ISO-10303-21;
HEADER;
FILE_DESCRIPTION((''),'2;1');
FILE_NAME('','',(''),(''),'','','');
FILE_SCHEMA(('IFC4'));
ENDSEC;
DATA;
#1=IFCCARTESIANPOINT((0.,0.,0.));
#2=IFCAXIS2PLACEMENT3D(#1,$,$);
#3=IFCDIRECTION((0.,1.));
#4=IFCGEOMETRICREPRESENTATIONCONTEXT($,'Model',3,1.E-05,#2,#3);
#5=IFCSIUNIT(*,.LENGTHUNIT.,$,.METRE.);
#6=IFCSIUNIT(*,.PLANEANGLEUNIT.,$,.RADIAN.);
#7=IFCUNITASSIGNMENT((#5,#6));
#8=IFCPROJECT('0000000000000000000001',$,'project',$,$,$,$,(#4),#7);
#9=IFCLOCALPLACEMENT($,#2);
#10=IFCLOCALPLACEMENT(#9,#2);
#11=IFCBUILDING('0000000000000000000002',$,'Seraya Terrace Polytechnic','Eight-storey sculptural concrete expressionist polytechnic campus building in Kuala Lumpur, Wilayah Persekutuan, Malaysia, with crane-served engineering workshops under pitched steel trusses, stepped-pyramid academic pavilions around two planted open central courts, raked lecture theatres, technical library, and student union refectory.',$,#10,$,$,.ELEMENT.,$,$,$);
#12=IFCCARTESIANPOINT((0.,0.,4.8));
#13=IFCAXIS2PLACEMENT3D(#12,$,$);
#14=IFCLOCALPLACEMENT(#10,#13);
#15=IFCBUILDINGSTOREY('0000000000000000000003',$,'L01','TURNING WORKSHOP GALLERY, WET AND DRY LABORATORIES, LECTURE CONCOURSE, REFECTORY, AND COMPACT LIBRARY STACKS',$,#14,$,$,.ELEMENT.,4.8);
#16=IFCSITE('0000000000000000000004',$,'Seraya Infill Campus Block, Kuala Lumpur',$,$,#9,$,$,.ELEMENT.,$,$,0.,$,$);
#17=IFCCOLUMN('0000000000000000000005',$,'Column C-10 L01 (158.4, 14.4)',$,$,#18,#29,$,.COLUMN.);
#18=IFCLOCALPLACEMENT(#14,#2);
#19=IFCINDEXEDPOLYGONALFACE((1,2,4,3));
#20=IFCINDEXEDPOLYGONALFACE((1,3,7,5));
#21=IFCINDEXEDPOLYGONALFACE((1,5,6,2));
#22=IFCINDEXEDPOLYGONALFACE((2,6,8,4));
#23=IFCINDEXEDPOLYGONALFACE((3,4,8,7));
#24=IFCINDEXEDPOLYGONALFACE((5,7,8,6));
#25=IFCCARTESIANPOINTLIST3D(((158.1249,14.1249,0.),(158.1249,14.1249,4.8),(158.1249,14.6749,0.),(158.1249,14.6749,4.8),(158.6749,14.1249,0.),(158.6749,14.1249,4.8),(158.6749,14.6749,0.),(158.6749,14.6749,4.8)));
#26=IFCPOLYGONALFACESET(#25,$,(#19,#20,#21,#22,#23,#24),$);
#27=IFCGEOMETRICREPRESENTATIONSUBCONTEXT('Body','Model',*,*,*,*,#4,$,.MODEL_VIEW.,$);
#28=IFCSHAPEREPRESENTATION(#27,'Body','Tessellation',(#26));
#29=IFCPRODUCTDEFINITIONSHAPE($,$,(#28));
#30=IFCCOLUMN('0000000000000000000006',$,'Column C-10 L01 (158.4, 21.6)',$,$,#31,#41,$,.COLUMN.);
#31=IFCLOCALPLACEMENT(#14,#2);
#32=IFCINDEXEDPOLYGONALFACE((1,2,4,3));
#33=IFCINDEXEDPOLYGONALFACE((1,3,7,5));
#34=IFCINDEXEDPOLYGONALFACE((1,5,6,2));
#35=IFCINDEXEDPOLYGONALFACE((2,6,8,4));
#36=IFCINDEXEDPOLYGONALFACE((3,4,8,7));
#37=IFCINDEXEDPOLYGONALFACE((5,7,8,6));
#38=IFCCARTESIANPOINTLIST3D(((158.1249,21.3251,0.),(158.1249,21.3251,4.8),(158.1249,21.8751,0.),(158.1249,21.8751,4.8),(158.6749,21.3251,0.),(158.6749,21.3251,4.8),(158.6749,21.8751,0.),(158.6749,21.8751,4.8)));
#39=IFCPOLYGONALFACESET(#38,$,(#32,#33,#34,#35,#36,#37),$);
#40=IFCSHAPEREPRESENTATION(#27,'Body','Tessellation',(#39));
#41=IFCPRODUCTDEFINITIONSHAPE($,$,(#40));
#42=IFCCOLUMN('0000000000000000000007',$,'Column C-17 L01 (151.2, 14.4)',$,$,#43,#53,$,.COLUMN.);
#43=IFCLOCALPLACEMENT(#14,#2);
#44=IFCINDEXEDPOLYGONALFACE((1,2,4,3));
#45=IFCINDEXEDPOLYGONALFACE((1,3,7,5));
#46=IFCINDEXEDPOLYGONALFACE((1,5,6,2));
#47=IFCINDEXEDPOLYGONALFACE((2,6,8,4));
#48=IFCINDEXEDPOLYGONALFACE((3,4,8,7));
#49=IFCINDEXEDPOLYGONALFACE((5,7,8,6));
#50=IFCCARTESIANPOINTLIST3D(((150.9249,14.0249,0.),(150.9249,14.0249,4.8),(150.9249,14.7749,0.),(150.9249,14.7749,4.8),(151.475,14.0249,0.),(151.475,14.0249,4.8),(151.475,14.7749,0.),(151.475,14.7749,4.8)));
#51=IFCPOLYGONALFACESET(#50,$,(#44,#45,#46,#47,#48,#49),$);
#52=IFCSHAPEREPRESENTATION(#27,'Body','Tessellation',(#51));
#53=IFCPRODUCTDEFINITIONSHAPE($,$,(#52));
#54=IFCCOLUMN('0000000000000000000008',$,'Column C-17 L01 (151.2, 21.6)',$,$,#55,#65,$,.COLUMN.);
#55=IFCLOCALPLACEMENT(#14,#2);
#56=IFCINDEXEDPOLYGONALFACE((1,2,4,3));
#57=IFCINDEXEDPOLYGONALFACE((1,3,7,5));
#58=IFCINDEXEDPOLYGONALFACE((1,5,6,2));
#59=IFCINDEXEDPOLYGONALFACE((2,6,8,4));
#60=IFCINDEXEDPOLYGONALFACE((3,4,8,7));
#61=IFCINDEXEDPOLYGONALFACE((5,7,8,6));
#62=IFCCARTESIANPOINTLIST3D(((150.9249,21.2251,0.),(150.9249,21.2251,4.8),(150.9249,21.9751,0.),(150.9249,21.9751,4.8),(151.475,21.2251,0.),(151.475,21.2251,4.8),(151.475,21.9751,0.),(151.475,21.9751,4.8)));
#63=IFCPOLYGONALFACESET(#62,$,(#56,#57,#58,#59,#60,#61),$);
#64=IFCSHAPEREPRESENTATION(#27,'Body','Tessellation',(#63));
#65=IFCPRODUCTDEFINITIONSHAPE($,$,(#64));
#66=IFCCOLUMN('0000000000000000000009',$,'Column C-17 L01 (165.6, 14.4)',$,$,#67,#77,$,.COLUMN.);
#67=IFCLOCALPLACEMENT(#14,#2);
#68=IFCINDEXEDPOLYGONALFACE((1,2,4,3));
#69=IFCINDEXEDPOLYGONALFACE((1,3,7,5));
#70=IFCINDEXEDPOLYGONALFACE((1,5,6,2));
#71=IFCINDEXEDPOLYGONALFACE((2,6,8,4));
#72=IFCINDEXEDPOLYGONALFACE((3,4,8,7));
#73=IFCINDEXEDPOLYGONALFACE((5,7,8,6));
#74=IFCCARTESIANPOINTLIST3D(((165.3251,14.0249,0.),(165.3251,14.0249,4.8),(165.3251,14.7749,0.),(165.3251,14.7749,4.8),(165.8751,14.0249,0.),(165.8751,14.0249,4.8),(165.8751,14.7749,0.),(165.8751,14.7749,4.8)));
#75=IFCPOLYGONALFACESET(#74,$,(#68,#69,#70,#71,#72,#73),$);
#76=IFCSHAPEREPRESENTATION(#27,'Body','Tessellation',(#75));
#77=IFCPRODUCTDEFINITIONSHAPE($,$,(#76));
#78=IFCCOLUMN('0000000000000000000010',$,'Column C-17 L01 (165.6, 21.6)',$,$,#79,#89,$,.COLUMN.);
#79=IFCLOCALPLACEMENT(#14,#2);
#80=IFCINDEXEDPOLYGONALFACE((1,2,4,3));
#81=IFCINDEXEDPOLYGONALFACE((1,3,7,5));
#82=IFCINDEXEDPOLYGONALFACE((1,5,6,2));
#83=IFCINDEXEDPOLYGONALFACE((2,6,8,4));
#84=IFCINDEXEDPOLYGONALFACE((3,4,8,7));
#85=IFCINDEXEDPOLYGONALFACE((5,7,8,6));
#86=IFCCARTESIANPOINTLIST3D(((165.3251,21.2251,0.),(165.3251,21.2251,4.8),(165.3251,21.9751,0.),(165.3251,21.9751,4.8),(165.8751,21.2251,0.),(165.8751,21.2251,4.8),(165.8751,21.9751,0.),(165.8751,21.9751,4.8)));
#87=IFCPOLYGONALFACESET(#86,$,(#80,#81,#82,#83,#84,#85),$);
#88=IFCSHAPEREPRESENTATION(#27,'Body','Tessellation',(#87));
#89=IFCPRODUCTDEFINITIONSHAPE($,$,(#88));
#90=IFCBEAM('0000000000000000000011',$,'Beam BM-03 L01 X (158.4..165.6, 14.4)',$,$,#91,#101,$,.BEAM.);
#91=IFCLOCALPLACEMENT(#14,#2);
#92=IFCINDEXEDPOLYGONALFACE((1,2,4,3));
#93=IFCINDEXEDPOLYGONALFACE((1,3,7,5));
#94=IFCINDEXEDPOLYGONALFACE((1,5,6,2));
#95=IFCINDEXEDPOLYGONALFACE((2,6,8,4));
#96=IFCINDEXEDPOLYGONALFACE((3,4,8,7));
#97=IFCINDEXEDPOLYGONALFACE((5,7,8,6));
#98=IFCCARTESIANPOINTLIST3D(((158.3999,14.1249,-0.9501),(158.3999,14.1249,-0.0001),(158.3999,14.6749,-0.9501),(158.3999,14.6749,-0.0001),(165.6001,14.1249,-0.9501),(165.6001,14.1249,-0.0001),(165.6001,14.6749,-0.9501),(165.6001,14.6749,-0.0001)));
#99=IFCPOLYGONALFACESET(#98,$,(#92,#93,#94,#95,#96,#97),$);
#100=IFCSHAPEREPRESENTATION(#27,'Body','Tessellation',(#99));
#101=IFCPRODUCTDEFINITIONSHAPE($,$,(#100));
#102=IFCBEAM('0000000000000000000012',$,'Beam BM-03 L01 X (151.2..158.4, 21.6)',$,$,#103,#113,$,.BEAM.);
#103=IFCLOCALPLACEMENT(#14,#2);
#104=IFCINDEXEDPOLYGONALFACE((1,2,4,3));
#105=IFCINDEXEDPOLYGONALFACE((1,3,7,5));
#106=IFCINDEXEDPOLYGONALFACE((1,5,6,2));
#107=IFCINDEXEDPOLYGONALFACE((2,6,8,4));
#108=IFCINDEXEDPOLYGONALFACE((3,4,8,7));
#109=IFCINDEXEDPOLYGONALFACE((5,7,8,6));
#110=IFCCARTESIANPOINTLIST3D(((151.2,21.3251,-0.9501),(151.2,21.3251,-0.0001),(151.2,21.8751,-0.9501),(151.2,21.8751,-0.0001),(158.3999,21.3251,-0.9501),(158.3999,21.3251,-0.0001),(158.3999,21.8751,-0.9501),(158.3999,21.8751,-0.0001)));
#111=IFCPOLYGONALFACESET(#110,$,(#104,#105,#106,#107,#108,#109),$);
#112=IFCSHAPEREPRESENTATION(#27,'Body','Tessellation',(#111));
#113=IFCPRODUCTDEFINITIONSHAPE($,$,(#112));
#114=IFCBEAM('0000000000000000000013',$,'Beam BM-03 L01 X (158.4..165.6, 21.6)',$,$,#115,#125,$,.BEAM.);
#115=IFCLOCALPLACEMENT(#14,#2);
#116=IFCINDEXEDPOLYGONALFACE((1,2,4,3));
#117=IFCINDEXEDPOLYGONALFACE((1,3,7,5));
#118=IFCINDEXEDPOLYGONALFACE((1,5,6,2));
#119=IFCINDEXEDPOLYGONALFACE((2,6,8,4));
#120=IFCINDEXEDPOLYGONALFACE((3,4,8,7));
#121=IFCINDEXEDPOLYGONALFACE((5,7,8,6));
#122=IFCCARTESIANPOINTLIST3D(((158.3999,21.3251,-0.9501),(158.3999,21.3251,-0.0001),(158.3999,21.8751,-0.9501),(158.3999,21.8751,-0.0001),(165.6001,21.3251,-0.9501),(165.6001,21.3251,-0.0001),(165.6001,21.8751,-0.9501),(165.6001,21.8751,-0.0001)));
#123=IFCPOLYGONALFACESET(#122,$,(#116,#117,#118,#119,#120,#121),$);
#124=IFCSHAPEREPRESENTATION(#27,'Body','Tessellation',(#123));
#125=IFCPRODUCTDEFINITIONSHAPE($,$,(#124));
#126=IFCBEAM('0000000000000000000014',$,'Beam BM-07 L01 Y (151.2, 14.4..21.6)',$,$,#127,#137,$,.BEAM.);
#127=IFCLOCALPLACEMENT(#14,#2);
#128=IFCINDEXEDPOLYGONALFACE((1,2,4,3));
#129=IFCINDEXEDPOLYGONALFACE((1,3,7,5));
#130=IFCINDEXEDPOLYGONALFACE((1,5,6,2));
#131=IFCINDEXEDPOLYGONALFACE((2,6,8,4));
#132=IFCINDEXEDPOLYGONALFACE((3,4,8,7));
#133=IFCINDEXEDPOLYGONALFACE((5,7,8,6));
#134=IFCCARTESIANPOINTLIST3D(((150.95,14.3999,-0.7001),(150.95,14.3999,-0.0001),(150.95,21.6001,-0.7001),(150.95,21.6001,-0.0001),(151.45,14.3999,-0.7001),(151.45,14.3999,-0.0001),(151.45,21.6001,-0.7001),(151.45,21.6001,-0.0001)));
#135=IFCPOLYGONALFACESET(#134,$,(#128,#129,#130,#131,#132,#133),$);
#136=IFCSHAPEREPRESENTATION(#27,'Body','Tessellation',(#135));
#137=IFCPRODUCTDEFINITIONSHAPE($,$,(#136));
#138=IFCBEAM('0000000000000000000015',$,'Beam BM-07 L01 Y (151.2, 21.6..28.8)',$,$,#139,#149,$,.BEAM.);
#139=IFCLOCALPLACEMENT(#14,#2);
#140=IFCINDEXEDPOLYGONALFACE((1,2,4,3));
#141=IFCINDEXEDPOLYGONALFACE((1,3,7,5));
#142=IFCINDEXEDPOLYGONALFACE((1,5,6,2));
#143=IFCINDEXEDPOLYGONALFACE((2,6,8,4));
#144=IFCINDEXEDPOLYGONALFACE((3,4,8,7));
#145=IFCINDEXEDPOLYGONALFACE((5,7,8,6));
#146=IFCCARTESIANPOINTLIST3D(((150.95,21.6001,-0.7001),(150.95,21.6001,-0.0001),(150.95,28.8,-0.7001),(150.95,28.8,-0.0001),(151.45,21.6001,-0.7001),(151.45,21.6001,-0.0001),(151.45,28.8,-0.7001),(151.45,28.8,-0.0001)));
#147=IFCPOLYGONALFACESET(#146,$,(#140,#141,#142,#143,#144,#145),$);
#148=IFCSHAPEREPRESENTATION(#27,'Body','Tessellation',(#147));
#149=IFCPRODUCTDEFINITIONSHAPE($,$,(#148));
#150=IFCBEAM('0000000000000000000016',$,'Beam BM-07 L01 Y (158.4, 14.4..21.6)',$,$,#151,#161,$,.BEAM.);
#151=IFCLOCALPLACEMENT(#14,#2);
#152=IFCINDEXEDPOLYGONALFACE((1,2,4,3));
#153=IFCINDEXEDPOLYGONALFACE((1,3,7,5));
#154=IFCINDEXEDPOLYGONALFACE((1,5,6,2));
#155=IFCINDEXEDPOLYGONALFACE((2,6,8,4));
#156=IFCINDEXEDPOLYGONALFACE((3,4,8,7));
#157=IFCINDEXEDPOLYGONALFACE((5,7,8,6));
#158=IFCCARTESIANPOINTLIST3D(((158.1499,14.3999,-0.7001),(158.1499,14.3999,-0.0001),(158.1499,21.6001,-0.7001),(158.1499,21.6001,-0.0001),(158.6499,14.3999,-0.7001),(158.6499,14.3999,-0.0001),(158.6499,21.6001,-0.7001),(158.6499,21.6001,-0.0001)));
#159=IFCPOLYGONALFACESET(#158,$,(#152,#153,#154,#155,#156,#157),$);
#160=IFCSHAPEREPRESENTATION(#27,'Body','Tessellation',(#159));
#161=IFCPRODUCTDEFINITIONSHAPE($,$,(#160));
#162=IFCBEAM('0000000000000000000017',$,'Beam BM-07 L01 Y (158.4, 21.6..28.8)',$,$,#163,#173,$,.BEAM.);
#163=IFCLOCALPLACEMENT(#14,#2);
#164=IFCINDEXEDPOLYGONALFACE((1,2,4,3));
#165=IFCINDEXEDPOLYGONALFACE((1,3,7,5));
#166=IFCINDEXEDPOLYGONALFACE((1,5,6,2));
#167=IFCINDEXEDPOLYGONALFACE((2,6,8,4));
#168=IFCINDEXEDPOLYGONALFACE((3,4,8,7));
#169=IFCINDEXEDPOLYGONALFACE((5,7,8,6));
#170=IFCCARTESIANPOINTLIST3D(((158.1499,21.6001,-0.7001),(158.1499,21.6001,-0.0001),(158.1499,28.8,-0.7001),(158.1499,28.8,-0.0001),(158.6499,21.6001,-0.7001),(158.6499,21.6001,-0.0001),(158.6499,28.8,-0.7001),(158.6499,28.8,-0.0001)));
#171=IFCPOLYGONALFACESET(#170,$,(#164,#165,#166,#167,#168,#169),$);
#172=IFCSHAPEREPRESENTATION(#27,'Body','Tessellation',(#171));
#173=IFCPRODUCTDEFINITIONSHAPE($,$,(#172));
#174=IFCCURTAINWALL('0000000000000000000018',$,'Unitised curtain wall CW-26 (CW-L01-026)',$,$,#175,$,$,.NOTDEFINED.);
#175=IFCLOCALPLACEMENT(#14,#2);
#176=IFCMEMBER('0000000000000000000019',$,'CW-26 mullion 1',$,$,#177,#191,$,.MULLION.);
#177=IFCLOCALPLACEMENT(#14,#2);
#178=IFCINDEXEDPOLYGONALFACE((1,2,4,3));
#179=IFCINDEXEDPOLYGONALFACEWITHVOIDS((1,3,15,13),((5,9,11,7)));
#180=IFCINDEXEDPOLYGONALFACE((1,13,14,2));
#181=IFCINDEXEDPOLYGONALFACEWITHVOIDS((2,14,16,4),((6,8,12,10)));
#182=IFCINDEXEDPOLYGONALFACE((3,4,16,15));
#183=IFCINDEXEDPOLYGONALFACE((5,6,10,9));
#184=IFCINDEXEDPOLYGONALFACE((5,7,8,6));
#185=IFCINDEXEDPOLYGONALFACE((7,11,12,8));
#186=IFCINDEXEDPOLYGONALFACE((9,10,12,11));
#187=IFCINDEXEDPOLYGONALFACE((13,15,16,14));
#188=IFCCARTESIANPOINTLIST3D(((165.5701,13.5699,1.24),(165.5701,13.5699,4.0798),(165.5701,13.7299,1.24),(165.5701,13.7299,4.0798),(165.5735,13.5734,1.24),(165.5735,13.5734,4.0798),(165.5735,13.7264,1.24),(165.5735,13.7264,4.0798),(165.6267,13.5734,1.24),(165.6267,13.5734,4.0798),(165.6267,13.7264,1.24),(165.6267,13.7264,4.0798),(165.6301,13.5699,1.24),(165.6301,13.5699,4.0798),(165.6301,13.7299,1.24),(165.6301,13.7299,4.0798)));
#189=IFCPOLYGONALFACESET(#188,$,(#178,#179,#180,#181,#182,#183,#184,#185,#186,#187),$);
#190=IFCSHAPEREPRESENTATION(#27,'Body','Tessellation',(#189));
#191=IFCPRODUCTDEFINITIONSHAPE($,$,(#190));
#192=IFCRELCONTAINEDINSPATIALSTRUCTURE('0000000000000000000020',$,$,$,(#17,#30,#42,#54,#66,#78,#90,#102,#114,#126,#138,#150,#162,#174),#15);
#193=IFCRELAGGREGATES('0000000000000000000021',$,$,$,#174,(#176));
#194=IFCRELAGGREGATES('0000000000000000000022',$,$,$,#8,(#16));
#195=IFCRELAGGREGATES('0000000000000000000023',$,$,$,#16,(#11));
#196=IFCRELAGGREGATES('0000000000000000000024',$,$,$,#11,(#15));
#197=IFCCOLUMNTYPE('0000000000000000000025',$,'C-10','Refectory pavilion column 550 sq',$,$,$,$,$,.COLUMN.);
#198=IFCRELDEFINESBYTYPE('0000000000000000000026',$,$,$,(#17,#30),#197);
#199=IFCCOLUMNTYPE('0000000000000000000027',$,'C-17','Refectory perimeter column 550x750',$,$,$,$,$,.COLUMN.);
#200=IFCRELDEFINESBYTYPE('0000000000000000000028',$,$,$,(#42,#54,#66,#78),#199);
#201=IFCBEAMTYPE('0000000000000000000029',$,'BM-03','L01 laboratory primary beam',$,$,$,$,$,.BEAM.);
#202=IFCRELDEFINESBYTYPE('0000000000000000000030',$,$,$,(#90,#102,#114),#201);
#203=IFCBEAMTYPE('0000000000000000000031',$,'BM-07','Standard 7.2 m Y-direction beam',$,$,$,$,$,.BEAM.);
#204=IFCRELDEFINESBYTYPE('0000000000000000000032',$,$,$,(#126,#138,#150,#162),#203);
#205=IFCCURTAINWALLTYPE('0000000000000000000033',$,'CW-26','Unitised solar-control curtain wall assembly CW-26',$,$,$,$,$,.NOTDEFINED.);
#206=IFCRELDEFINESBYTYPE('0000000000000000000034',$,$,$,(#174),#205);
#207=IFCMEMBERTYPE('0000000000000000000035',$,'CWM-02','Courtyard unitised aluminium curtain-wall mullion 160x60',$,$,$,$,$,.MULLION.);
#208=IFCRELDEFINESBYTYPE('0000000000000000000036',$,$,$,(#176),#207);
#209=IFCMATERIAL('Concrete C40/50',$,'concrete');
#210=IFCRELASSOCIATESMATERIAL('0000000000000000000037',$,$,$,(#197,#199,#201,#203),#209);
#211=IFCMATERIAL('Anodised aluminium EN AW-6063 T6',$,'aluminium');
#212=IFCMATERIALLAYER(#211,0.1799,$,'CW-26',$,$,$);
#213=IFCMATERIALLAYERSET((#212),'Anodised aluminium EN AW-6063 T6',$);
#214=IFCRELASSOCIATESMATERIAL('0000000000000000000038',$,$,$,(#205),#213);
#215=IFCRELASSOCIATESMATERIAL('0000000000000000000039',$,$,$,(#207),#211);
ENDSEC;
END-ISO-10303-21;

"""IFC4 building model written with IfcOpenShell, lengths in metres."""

from ifc_helpers import new_model, si_unit, direction, frame, origin, origin_2d, place, context, subcontext, project, spatial, rectangle, hollow_rectangle, extrude, material, layer, layer_set, material_profile, profile_set, type_object, element, aggregate, save


model = new_model("IFC4")

# Units and contexts
model_context = context("Model", 3, precision=1e-05, world=origin(), true_north=direction((0.0, 1.0)))
body_context = subcontext(model_context, "Body", "Model", "MODEL_VIEW")
ifc_project = project(units=[si_unit("LENGTHUNIT", "METRE"), si_unit("PLANEANGLEUNIT", "RADIAN")], contexts=[model_context])

# Site, building, storey
site_placement = place(None, origin())
site = spatial("IfcSite", under=ifc_project, at=site_placement, Name="Seraya Infill Campus Block, Kuala Lumpur", CompositionType="ELEMENT", RefElevation=0.0)
building_placement = place(site_placement, origin())
building = spatial("IfcBuilding", under=site, at=building_placement, Name="Seraya Terrace Polytechnic", Description="Eight-storey sculptural concrete expressionist polytechnic campus building in Kuala Lumpur, Wilayah Persekutuan, Malaysia, with crane-served engineering workshops under pitched steel trusses, stepped-pyramid academic pavilions around two planted open central courts, raked lecture theatres, technical library, and student union refectory.", CompositionType="ELEMENT")
storey_placement = place(building_placement, frame((0.0, 0.0, 4.8)))
storey = spatial("IfcBuildingStorey", under=building, at=storey_placement, Name="L01", Description="TURNING WORKSHOP GALLERY, WET AND DRY LABORATORIES, LECTURE CONCOURSE, REFECTORY, AND COMPACT LIBRARY STACKS", CompositionType="ELEMENT", Elevation=4.8)

# Columns
ifc_material_1 = material(Name="Concrete C40/50", Category="concrete")
ifc_material_profile_1 = material_profile(ifc_material_1, rectangle(XDim=0.55, YDim=0.55, at=origin_2d()), Name="RC 550x550")
ifc_profile_set_1 = profile_set([ifc_material_profile_1], Name="Concrete C40/50")
column_type_1 = type_object("IfcColumnType", Name="C-10", Description="Refectory pavilion column 550 sq", PredefinedType="COLUMN", material=ifc_profile_set_1)
for number, where, z_axis, x_axis, name in (
    (1, (158.3999, 14.3999, 0.0), (0.0, 0.0, 1.0), (1.0, 0.0, 0.0), "Column C-10 L01 (158.4, 14.4)"),
    (2, (158.3999, 21.6001, 0.0), (0.0, 0.0, 1.0), (1.0, 0.0, 0.0), "Column C-10 L01 (158.4, 21.6)"),
):
    element("IfcColumn", number, at=place(storey_placement, frame(where, z_axis=z_axis, x_axis=x_axis)), inside=storey, type_object=column_type_1, Name=name, PredefinedType="COLUMN", context=body_context, shape_type="SweptSolid", body=[
        extrude(rectangle(XDim=0.55, YDim=0.55, at=origin_2d()), origin(), (0.0, 0.0, 1.0), 4.8),
    ])
ifc_material_profile_2 = material_profile(ifc_material_1, rectangle(XDim=0.55, YDim=0.75, at=origin_2d()), Name="RC 550x750")
ifc_profile_set_2 = profile_set([ifc_material_profile_2], Name="Concrete C40/50")
column_type_2 = type_object("IfcColumnType", Name="C-17", Description="Refectory perimeter column 550x750", PredefinedType="COLUMN", material=ifc_profile_set_2)
for number, where, z_axis, x_axis, name in (
    (3, (151.2, 14.3999, 0.0), (0.0, 0.0, 1.0), (1.0, 0.0, 0.0), "Column C-17 L01 (151.2, 14.4)"),
    (4, (151.2, 21.6001, 0.0), (0.0, 0.0, 1.0), (1.0, 0.0, 0.0), "Column C-17 L01 (151.2, 21.6)"),
    (5, (165.6001, 14.3999, 0.0), (0.0, 0.0, 1.0), (1.0, 0.0, 0.0), "Column C-17 L01 (165.6, 14.4)"),
    (6, (165.6001, 21.6001, 0.0), (0.0, 0.0, 1.0), (1.0, 0.0, 0.0), "Column C-17 L01 (165.6, 21.6)"),
):
    element("IfcColumn", number, at=place(storey_placement, frame(where, z_axis=z_axis, x_axis=x_axis)), inside=storey, type_object=column_type_2, Name=name, PredefinedType="COLUMN", context=body_context, shape_type="SweptSolid", body=[
        extrude(rectangle(XDim=0.55, YDim=0.75, at=origin_2d()), origin(), (0.0, 0.0, 1.0), 4.8),
    ])

# Beams
ifc_material_profile_3 = material_profile(ifc_material_1, rectangle(XDim=0.55, YDim=0.95, at=origin_2d()), Name="RC 550x950")
ifc_profile_set_3 = profile_set([ifc_material_profile_3], Name="Concrete C40/50")
beam_type_1 = type_object("IfcBeamType", Name="BM-03", Description="L01 laboratory primary beam", PredefinedType="BEAM", material=ifc_profile_set_3)
beam_1_placement = place(storey_placement, frame((158.3999, 14.3999, -0.4751), z_axis=(1.0, 0.0, 0.0), x_axis=(0.0, 1.0, 0.0)))
element("IfcBeam", 7, at=beam_1_placement, inside=storey, type_object=beam_type_1, Name="Beam BM-03 L01 X (158.4..165.6, 14.4)", PredefinedType="BEAM", context=body_context, shape_type="SweptSolid", body=[
    extrude(rectangle(XDim=0.55, YDim=0.95, at=origin_2d()), origin(), (0.0, 0.0, 1.0), 7.2002),
])
beam_2_placement = place(storey_placement, frame((151.2, 21.6001, -0.4751), z_axis=(1.0, 0.0, 0.0), x_axis=(0.0, 1.0, 0.0)))
element("IfcBeam", 8, at=beam_2_placement, inside=storey, type_object=beam_type_1, Name="Beam BM-03 L01 X (151.2..158.4, 21.6)", PredefinedType="BEAM", context=body_context, shape_type="SweptSolid", body=[
    extrude(rectangle(XDim=0.55, YDim=0.95, at=origin_2d()), origin(), (0.0, 0.0, 1.0), 7.2),
])
beam_3_placement = place(storey_placement, frame((158.3999, 21.6001, -0.4751), z_axis=(1.0, 0.0, 0.0), x_axis=(0.0, 1.0, 0.0)))
element("IfcBeam", 9, at=beam_3_placement, inside=storey, type_object=beam_type_1, Name="Beam BM-03 L01 X (158.4..165.6, 21.6)", PredefinedType="BEAM", context=body_context, shape_type="SweptSolid", body=[
    extrude(rectangle(XDim=0.55, YDim=0.95, at=origin_2d()), origin(), (0.0, 0.0, 1.0), 7.2002),
])
ifc_material_profile_4 = material_profile(ifc_material_1, rectangle(XDim=0.5, YDim=0.7, at=origin_2d()), Name="RC 500x700")
ifc_profile_set_4 = profile_set([ifc_material_profile_4], Name="Concrete C40/50")
beam_type_2 = type_object("IfcBeamType", Name="BM-07", Description="Standard 7.2 m Y-direction beam", PredefinedType="BEAM", material=ifc_profile_set_4)
beam_4_placement = place(storey_placement, frame((151.2, 14.3999, -0.3501), z_axis=(0.0, 1.0, 0.0), x_axis=(-1.0, 0.0, 0.0)))
element("IfcBeam", 10, at=beam_4_placement, inside=storey, type_object=beam_type_2, Name="Beam BM-07 L01 Y (151.2, 14.4..21.6)", PredefinedType="BEAM", context=body_context, shape_type="SweptSolid", body=[
    extrude(rectangle(XDim=0.5, YDim=0.7, at=origin_2d()), origin(), (0.0, 0.0, 1.0), 7.2002),
])
beam_5_placement = place(storey_placement, frame((151.2, 21.6001, -0.3501), z_axis=(0.0, 1.0, 0.0), x_axis=(-1.0, 0.0, 0.0)))
element("IfcBeam", 11, at=beam_5_placement, inside=storey, type_object=beam_type_2, Name="Beam BM-07 L01 Y (151.2, 21.6..28.8)", PredefinedType="BEAM", context=body_context, shape_type="SweptSolid", body=[
    extrude(rectangle(XDim=0.5, YDim=0.7, at=origin_2d()), origin(), (0.0, 0.0, 1.0), 7.2),
])
beam_6_placement = place(storey_placement, frame((158.3999, 14.3999, -0.3501), z_axis=(0.0, 1.0, 0.0), x_axis=(-1.0, 0.0, 0.0)))
element("IfcBeam", 12, at=beam_6_placement, inside=storey, type_object=beam_type_2, Name="Beam BM-07 L01 Y (158.4, 14.4..21.6)", PredefinedType="BEAM", context=body_context, shape_type="SweptSolid", body=[
    extrude(rectangle(XDim=0.5, YDim=0.7, at=origin_2d()), origin(), (0.0, 0.0, 1.0), 7.2002),
])
beam_7_placement = place(storey_placement, frame((158.3999, 21.6001, -0.3501), z_axis=(0.0, 1.0, 0.0), x_axis=(-1.0, 0.0, 0.0)))
element("IfcBeam", 13, at=beam_7_placement, inside=storey, type_object=beam_type_2, Name="Beam BM-07 L01 Y (158.4, 21.6..28.8)", PredefinedType="BEAM", context=body_context, shape_type="SweptSolid", body=[
    extrude(rectangle(XDim=0.5, YDim=0.7, at=origin_2d()), origin(), (0.0, 0.0, 1.0), 7.2),
])

# Curtain wall, member
ifc_material_2 = material(Name="Anodised aluminium EN AW-6063 T6", Category="aluminium")
ifc_layer_1 = layer(ifc_material_2, 0.1799, Name="CW-26")
ifc_layer_set_1 = layer_set([ifc_layer_1], Name="Anodised aluminium EN AW-6063 T6")
curtain_wall_type = type_object("IfcCurtainWallType", Name="CW-26", Description="Unitised solar-control curtain wall assembly CW-26", PredefinedType="NOTDEFINED", material=ifc_layer_set_1)
curtain_wall_placement = place(storey_placement, origin())
curtain_wall = element("IfcCurtainWall", 14, at=curtain_wall_placement, inside=storey, type_object=curtain_wall_type, Name="Unitised curtain wall CW-26 (CW-L01-026)", PredefinedType="NOTDEFINED")
ifc_material_profile_5 = material_profile(ifc_material_2, hollow_rectangle(XDim=0.0601, YDim=0.1599, WallThickness=0.0034, at=origin_2d()), Name="RHS 160x60x3.5")
ifc_profile_set_5 = profile_set([ifc_material_profile_5], Name="Anodised aluminium EN AW-6063 T6")
member_type_1 = type_object("IfcMemberType", Name="CWM-02", Description="Courtyard unitised aluminium curtain-wall mullion 160x60", PredefinedType="MULLION", material=ifc_profile_set_5)
member_1_placement = place(storey_placement, frame((165.6001, 13.6499, 1.24), z_axis=(0.0, 0.0, 1.0), x_axis=(1.0, 0.0, 0.0)))
member_1 = element("IfcMember", 15, at=member_1_placement, type_object=member_type_1, Name="CW-26 mullion 1", PredefinedType="MULLION", context=body_context, shape_type="SweptSolid", body=[
    extrude(hollow_rectangle(XDim=0.0601, YDim=0.1599, WallThickness=0.0034, at=origin_2d()), origin(), (0.0, 0.0, 1.0), 2.8398),
])

aggregate(curtain_wall, [member_1])

save(model, "model.ifc")
